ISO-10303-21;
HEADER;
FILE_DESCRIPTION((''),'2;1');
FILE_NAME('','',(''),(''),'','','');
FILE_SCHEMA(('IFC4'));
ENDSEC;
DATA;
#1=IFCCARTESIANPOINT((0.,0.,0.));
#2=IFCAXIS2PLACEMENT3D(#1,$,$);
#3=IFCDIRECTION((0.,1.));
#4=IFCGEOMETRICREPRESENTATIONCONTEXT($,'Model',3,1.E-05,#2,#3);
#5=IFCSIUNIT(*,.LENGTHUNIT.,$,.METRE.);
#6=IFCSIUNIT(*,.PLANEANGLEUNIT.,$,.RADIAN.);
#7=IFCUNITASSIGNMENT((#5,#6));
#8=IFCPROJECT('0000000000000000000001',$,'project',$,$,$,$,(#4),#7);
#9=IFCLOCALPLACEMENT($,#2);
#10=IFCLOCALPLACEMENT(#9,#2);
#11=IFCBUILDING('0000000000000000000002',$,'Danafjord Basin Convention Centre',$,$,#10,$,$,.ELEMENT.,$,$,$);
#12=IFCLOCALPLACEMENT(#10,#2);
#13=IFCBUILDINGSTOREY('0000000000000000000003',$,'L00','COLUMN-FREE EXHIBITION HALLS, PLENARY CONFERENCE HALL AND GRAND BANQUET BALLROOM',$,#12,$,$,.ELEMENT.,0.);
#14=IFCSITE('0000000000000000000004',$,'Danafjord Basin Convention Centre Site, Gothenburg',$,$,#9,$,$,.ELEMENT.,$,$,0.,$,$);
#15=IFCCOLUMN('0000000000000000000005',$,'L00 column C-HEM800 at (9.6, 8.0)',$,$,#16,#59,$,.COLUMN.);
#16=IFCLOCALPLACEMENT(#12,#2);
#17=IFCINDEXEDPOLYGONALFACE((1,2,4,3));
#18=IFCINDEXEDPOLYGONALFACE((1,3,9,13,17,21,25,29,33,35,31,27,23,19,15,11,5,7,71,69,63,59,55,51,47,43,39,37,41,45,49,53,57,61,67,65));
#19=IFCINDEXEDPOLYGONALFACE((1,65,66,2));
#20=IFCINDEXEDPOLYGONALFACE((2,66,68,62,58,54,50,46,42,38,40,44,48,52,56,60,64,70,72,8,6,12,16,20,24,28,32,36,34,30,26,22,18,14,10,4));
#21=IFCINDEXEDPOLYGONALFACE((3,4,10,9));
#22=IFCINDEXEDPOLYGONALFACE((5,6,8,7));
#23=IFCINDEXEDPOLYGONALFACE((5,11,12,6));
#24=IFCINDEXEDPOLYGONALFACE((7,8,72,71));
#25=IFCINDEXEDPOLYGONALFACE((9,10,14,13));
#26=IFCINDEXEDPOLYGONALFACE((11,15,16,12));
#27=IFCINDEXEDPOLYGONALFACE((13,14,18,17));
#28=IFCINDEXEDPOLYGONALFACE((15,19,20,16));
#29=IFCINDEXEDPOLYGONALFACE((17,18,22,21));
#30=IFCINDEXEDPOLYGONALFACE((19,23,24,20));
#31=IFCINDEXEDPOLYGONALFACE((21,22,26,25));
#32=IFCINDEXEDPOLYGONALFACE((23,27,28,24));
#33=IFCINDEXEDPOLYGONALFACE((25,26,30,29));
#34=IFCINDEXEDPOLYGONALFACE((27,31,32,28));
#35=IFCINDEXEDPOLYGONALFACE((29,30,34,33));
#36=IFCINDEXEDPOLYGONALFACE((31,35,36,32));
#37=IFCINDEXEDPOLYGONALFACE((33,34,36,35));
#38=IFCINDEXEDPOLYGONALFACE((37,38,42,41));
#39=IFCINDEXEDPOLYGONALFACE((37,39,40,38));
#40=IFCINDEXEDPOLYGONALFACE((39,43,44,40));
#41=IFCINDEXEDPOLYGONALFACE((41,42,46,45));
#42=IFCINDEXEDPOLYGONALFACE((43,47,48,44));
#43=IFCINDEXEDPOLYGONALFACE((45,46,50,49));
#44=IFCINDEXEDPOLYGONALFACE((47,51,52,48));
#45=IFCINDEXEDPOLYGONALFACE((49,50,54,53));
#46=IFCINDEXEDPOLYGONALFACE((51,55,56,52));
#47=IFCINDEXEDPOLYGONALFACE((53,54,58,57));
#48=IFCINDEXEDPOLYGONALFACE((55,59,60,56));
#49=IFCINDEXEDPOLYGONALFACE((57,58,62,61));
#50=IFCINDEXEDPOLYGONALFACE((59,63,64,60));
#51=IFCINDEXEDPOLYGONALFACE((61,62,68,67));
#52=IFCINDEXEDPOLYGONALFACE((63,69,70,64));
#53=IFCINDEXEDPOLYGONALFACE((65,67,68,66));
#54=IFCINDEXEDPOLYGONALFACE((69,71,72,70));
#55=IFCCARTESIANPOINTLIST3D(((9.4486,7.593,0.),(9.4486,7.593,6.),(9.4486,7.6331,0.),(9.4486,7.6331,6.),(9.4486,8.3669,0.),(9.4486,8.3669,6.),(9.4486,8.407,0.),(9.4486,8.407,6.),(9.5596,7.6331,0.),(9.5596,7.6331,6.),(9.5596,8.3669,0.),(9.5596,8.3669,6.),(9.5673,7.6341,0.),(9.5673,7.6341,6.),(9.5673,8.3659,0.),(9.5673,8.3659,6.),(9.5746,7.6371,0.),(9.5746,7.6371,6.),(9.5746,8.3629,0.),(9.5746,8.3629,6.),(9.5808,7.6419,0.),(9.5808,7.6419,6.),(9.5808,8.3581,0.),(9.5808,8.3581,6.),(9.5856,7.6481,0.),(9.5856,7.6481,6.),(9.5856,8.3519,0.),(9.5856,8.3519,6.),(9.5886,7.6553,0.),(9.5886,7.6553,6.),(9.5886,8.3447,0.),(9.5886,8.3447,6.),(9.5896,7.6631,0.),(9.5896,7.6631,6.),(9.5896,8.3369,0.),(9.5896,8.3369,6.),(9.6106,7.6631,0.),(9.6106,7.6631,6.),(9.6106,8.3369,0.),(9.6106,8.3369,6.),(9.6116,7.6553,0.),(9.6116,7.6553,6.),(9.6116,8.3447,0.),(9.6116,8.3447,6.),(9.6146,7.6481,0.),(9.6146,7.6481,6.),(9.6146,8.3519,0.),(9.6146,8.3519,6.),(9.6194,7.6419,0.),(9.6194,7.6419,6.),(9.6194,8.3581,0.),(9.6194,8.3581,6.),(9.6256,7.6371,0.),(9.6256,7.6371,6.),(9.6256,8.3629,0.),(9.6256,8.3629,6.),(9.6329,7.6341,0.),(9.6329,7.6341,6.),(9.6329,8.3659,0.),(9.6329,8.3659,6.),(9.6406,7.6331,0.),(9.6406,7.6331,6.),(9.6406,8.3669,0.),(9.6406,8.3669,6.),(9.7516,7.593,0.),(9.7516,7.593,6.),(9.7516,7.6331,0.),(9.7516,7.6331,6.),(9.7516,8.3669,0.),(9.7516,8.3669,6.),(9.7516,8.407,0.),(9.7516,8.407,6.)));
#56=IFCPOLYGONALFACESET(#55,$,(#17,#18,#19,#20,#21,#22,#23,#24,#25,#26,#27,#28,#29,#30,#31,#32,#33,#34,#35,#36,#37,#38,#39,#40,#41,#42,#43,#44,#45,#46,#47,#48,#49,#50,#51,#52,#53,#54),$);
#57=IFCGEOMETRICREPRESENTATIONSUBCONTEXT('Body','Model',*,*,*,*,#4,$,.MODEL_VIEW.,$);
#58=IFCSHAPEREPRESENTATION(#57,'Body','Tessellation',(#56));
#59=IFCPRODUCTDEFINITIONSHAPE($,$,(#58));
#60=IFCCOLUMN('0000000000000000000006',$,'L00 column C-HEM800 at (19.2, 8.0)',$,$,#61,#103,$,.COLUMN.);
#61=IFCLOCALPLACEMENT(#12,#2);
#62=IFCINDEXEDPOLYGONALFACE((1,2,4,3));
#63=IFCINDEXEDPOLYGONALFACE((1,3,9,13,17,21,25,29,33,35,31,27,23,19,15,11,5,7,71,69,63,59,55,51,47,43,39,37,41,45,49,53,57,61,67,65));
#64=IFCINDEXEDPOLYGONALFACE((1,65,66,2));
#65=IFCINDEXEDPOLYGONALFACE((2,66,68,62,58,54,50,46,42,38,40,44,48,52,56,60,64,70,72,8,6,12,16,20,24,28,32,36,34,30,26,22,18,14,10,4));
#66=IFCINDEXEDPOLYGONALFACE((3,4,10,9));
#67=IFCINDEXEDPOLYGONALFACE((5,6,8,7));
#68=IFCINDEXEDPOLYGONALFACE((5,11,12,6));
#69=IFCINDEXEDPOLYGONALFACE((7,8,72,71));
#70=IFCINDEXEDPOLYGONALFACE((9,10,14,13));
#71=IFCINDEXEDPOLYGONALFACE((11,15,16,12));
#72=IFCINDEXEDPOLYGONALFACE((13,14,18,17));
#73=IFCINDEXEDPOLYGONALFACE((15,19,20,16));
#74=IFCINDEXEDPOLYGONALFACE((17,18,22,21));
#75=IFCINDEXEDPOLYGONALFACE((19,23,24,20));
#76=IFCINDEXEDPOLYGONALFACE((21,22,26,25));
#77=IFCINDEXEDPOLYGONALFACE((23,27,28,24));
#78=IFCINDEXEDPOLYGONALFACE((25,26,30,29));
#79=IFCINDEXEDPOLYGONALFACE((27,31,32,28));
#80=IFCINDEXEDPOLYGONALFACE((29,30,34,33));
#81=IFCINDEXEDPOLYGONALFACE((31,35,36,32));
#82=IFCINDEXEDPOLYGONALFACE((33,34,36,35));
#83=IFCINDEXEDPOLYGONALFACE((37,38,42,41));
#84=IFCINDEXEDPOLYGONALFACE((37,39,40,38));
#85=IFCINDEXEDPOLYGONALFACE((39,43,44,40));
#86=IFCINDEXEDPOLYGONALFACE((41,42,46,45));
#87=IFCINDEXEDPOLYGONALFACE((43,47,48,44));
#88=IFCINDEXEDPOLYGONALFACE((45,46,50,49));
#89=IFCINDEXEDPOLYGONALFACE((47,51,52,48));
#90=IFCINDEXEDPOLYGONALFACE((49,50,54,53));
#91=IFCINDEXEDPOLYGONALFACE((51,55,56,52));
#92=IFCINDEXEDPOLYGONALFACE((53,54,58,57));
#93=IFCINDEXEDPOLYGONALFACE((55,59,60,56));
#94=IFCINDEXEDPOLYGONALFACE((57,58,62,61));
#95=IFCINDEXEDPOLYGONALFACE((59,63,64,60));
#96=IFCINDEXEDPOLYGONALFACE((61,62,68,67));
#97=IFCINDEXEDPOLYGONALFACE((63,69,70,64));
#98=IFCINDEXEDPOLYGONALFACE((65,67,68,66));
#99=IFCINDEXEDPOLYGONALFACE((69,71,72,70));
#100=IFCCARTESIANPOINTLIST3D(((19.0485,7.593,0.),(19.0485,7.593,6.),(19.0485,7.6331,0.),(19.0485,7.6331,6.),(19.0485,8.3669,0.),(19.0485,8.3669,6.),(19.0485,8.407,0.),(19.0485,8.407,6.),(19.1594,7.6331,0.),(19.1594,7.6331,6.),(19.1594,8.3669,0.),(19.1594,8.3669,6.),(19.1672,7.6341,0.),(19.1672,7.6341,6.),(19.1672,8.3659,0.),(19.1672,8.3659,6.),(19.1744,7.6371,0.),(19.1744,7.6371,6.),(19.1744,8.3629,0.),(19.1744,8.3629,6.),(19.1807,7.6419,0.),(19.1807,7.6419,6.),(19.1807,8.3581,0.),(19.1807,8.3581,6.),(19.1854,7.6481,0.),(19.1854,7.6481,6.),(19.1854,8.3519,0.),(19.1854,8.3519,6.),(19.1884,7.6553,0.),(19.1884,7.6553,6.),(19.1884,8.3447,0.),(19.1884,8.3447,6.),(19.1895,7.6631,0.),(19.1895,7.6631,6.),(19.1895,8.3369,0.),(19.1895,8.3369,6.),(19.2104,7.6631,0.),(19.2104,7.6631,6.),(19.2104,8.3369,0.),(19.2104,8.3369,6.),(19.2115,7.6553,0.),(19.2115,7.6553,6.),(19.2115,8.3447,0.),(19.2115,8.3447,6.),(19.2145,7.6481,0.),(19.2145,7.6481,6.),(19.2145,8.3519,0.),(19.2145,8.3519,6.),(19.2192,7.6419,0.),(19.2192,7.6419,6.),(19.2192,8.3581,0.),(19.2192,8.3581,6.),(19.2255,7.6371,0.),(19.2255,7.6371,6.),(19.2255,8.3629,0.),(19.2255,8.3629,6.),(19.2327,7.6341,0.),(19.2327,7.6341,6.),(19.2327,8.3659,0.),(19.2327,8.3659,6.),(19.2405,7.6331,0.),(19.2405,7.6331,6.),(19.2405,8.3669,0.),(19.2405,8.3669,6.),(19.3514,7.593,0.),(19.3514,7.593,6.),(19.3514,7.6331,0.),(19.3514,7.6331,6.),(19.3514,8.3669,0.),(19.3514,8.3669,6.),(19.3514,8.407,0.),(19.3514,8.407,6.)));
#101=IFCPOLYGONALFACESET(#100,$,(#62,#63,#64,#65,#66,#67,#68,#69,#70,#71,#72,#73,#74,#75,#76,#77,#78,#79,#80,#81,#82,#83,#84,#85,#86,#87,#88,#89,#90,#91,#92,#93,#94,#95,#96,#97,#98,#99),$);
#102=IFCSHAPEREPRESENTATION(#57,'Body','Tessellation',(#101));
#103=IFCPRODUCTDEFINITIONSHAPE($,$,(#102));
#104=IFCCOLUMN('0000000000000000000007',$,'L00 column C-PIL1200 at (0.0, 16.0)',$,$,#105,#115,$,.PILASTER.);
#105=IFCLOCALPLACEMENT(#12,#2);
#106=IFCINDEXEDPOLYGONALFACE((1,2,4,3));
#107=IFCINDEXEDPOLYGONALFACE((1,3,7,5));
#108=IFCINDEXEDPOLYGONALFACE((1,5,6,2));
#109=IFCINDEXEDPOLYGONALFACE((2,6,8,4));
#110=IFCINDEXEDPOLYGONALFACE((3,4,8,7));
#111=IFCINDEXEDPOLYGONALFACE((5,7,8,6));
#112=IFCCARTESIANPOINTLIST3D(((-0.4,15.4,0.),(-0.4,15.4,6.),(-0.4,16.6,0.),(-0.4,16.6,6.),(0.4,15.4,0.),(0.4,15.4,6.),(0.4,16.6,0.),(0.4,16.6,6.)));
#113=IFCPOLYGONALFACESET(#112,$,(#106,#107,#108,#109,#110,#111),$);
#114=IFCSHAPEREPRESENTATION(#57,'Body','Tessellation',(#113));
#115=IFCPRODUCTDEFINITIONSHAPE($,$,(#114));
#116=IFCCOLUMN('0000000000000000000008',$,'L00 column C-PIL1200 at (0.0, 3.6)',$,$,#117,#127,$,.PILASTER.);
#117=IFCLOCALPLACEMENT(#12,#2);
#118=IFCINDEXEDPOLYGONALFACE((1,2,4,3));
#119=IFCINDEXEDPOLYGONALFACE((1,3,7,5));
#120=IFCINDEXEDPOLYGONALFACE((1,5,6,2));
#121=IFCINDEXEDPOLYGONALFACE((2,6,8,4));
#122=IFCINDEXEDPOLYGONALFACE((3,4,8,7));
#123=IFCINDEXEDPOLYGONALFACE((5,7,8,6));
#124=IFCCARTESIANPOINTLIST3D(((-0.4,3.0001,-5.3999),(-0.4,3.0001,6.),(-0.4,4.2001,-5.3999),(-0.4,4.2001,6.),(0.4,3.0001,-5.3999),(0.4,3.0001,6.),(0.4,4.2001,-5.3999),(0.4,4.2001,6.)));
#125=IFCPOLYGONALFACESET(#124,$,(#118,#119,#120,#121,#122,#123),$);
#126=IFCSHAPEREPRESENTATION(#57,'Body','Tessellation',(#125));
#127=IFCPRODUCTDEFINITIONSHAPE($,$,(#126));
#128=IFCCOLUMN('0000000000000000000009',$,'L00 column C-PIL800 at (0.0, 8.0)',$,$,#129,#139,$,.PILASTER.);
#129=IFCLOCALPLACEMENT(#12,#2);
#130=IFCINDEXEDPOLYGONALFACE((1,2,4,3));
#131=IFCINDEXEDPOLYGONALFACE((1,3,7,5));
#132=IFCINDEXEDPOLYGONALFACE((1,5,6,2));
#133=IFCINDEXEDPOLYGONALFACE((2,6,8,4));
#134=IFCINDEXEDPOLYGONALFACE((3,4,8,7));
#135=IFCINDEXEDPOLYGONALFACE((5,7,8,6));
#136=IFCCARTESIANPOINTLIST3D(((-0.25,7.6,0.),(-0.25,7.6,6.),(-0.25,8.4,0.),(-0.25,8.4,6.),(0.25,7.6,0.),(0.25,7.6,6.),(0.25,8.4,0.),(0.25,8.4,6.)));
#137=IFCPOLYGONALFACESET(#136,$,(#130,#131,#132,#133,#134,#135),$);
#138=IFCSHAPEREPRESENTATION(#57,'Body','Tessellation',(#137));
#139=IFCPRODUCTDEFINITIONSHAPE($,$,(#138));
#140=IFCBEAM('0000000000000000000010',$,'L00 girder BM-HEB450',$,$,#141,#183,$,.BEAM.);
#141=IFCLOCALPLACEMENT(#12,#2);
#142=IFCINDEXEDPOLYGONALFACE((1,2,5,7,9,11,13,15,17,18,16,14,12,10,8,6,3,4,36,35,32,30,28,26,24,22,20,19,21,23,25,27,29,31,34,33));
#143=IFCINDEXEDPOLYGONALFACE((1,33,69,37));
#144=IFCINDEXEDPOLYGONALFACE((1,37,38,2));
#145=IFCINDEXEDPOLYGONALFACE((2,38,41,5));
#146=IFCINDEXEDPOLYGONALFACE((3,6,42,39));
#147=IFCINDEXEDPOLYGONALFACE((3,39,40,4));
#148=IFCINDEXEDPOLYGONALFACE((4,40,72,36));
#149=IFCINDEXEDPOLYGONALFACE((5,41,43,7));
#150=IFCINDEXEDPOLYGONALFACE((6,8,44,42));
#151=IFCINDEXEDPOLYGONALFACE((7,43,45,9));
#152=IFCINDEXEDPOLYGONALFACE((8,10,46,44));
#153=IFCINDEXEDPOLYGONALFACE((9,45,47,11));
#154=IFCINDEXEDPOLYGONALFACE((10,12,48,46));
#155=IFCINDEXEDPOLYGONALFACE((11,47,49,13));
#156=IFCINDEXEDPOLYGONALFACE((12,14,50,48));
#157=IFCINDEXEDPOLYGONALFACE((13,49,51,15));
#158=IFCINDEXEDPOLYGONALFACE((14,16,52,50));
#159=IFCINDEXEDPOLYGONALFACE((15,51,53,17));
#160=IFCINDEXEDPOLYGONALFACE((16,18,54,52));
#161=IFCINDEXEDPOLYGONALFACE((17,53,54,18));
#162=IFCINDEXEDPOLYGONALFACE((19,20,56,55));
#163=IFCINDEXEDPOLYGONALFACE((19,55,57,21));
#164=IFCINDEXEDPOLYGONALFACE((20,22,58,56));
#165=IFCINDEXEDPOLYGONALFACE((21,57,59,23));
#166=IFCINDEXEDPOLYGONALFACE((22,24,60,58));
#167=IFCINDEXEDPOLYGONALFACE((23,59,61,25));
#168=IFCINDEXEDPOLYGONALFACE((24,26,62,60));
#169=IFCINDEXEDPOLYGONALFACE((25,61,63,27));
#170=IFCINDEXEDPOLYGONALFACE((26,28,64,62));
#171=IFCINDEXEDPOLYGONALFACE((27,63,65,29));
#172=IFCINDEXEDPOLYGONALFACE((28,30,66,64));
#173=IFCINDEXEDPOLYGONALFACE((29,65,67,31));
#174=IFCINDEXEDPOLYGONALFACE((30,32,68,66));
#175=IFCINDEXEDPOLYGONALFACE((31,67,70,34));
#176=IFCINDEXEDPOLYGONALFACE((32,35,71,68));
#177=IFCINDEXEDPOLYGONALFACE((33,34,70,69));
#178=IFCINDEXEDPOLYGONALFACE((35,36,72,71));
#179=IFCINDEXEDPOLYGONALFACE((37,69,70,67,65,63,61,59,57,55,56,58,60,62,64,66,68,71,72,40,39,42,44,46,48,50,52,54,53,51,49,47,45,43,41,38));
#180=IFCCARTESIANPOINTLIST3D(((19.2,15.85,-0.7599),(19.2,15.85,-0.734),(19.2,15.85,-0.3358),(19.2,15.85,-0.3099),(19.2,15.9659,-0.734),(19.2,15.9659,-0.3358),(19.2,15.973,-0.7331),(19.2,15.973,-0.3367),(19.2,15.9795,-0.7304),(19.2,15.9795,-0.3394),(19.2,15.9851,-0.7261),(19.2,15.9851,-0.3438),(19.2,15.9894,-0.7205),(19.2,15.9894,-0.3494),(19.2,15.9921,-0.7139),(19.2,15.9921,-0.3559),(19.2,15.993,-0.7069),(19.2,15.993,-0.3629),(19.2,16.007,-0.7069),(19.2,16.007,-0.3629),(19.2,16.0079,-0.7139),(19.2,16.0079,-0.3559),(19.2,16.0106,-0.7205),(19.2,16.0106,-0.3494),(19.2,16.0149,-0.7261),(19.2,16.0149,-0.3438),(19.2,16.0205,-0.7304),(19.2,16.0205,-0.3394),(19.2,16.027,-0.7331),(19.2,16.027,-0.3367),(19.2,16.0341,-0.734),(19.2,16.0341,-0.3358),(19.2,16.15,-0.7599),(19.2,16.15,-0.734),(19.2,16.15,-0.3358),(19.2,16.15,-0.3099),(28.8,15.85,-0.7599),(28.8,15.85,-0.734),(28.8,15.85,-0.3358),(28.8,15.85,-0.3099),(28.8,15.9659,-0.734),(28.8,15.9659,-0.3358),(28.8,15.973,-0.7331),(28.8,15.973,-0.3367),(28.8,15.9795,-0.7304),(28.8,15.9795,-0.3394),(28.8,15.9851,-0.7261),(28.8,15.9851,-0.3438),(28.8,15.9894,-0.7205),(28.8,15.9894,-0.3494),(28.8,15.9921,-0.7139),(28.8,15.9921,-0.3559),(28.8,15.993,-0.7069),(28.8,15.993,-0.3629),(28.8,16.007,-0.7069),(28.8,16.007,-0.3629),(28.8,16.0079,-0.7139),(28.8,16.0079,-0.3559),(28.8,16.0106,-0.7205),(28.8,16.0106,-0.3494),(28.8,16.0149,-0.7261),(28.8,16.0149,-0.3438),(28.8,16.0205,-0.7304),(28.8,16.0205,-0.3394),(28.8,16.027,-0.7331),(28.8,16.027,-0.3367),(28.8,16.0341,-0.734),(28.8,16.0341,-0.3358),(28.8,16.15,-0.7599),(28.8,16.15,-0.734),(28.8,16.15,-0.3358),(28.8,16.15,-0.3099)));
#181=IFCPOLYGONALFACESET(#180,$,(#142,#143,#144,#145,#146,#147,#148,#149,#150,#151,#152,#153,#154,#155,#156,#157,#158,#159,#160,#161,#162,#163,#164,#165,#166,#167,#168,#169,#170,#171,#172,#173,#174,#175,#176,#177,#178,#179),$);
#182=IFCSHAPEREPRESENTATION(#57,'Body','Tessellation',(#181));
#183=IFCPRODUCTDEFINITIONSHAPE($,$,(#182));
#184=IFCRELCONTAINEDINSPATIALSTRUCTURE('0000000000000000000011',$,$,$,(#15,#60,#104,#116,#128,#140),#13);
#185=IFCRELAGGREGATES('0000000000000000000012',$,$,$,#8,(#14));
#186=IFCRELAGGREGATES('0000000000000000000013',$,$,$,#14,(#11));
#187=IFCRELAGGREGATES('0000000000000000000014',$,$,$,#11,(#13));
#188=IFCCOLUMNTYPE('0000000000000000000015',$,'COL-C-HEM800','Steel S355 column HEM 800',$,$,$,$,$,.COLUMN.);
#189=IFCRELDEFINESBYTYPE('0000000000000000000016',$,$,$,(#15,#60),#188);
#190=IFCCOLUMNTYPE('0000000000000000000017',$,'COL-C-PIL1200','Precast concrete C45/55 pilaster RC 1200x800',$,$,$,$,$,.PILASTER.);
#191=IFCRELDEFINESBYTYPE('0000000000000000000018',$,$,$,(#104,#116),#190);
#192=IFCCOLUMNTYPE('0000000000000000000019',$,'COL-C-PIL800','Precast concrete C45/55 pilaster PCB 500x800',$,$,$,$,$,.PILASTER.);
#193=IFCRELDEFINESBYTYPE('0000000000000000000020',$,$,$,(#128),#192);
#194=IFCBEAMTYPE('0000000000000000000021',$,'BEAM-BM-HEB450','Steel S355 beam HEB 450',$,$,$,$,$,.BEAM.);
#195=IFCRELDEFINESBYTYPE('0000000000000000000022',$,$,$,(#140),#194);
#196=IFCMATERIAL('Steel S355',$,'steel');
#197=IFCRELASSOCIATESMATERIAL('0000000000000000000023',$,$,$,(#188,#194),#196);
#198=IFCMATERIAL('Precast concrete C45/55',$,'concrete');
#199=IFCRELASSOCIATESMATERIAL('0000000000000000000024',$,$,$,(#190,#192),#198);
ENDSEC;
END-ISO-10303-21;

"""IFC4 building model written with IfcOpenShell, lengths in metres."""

from ifc_helpers import new_model, si_unit, direction, frame, origin, origin_2d, place, context, subcontext, project, spatial, rectangle, i_section, extrude, material, material_profile, profile_set, type_object, element, save


model = new_model("IFC4")

# Units and contexts
model_context = context("Model", 3, precision=1e-05, world=origin(), true_north=direction((0.0, 1.0)))
body_context = subcontext(model_context, "Body", "Model", "MODEL_VIEW")
ifc_project = project(units=[si_unit("LENGTHUNIT", "METRE"), si_unit("PLANEANGLEUNIT", "RADIAN")], contexts=[model_context])

# Site, building, storey
site_placement = place(None, origin())
site = spatial("IfcSite", under=ifc_project, at=site_placement, Name="Danafjord Basin Convention Centre Site, Gothenburg", CompositionType="ELEMENT", RefElevation=0.0)
building_placement = place(site_placement, origin())
building = spatial("IfcBuilding", under=site, at=building_placement, Name="Danafjord Basin Convention Centre", CompositionType="ELEMENT")
storey_placement = place(building_placement, origin())
storey = spatial("IfcBuildingStorey", under=building, at=storey_placement, Name="L00", Description="COLUMN-FREE EXHIBITION HALLS, PLENARY CONFERENCE HALL AND GRAND BANQUET BALLROOM", CompositionType="ELEMENT", Elevation=0.0)

# Columns
ifc_material_1 = material(Name="Steel S355", Category="steel")
ifc_material_profile_1 = material_profile(ifc_material_1, i_section(OverallWidth=0.303, OverallDepth=0.814, WebThickness=0.021, FlangeThickness=0.04, FilletRadius=0.03, at=origin_2d()), Name="HEM 800")
ifc_profile_set_1 = profile_set([ifc_material_profile_1], Name="Steel S355")
column_type_1 = type_object("IfcColumnType", Name="COL-C-HEM800", Description="Steel S355 column HEM 800", PredefinedType="COLUMN", material=ifc_profile_set_1)
for number, where, z_axis, x_axis, name in (
    (1, (9.6001, 8.0, 0.0), (0.0, 0.0, 1.0), (1.0, 0.0, 0.0), "L00 column C-HEM800 at (9.6, 8.0)"),
    (2, (19.2, 8.0, 0.0), (0.0, 0.0, 1.0), (1.0, 0.0, 0.0), "L00 column C-HEM800 at (19.2, 8.0)"),
):
    element("IfcColumn", number, at=place(storey_placement, frame(where, z_axis=z_axis, x_axis=x_axis)), inside=storey, type_object=column_type_1, Name=name, PredefinedType="COLUMN", context=body_context, shape_type="SweptSolid", body=[
        extrude(i_section(OverallWidth=0.303, OverallDepth=0.814, WebThickness=0.021, FlangeThickness=0.04, FilletRadius=0.03, at=origin_2d()), origin(), (0.0, 0.0, 1.0), 6.0),
    ])
ifc_material_2 = material(Name="Precast concrete C45/55", Category="concrete")
ifc_material_profile_2 = material_profile(ifc_material_2, rectangle(XDim=0.8, YDim=1.2, at=origin_2d()), Name="RC 1200x800")
ifc_profile_set_2 = profile_set([ifc_material_profile_2], Name="Precast concrete C45/55")
column_type_2 = type_object("IfcColumnType", Name="COL-C-PIL1200", Description="Precast concrete C45/55 pilaster RC 1200x800", PredefinedType="PILASTER", material=ifc_profile_set_2)
column_1_placement = place(storey_placement, frame((0.0, 16.0, 0.0), z_axis=(0.0, 0.0, 1.0), x_axis=(1.0, 0.0, 0.0)))
element("IfcColumn", 3, at=column_1_placement, inside=storey, type_object=column_type_2, Name="L00 column C-PIL1200 at (0.0, 16.0)", PredefinedType="PILASTER", context=body_context, shape_type="SweptSolid", body=[
    extrude(rectangle(XDim=0.8, YDim=1.2, at=origin_2d()), origin(), (0.0, 0.0, 1.0), 6.0),
])
column_2_placement = place(storey_placement, frame((0.0, 3.6001, -5.3999), z_axis=(0.0, 0.0, 1.0), x_axis=(1.0, 0.0, 0.0)))
element("IfcColumn", 4, at=column_2_placement, inside=storey, type_object=column_type_2, Name="L00 column C-PIL1200 at (0.0, 3.6)", PredefinedType="PILASTER", context=body_context, shape_type="SweptSolid", body=[
    extrude(rectangle(XDim=0.8, YDim=1.2, at=origin_2d()), origin(), (0.0, 0.0, 1.0), 11.3999),
])
ifc_material_profile_3 = material_profile(ifc_material_2, rectangle(XDim=0.5, YDim=0.8, at=origin_2d()), Name="PCB 500x800")
ifc_profile_set_3 = profile_set([ifc_material_profile_3], Name="Precast concrete C45/55")
column_type_3 = type_object("IfcColumnType", Name="COL-C-PIL800", Description="Precast concrete C45/55 pilaster PCB 500x800", PredefinedType="PILASTER", material=ifc_profile_set_3)
column_3_placement = place(storey_placement, frame((0.0, 8.0, 0.0), z_axis=(0.0, 0.0, 1.0), x_axis=(1.0, 0.0, 0.0)))
element("IfcColumn", 5, at=column_3_placement, inside=storey, type_object=column_type_3, Name="L00 column C-PIL800 at (0.0, 8.0)", PredefinedType="PILASTER", context=body_context, shape_type="SweptSolid", body=[
    extrude(rectangle(XDim=0.5, YDim=0.8, at=origin_2d()), origin(), (0.0, 0.0, 1.0), 6.0),
])

# Beam
ifc_material_profile_4 = material_profile(ifc_material_1, i_section(OverallWidth=0.3, OverallDepth=0.45, WebThickness=0.0139, FlangeThickness=0.0259, FilletRadius=0.0271, at=origin_2d()), Name="HEB 450")
ifc_profile_set_4 = profile_set([ifc_material_profile_4], Name="Steel S355")
beam_type_1 = type_object("IfcBeamType", Name="BEAM-BM-HEB450", Description="Steel S355 beam HEB 450", PredefinedType="BEAM", material=ifc_profile_set_4)
beam_1_placement = place(storey_placement, frame((19.2, 16.0, -0.5349), z_axis=(1.0, 0.0, 0.0), x_axis=(0.0, 1.0, 0.0)))
element("IfcBeam", 6, at=beam_1_placement, inside=storey, type_object=beam_type_1, Name="L00 girder BM-HEB450", PredefinedType="BEAM", context=body_context, shape_type="SweptSolid", body=[
    extrude(i_section(OverallWidth=0.3, OverallDepth=0.45, WebThickness=0.0139, FlangeThickness=0.0259, FilletRadius=0.0271, at=origin_2d()), origin(), (0.0, 0.0, 1.0), 9.6001),
])

save(model, "model.ifc")
